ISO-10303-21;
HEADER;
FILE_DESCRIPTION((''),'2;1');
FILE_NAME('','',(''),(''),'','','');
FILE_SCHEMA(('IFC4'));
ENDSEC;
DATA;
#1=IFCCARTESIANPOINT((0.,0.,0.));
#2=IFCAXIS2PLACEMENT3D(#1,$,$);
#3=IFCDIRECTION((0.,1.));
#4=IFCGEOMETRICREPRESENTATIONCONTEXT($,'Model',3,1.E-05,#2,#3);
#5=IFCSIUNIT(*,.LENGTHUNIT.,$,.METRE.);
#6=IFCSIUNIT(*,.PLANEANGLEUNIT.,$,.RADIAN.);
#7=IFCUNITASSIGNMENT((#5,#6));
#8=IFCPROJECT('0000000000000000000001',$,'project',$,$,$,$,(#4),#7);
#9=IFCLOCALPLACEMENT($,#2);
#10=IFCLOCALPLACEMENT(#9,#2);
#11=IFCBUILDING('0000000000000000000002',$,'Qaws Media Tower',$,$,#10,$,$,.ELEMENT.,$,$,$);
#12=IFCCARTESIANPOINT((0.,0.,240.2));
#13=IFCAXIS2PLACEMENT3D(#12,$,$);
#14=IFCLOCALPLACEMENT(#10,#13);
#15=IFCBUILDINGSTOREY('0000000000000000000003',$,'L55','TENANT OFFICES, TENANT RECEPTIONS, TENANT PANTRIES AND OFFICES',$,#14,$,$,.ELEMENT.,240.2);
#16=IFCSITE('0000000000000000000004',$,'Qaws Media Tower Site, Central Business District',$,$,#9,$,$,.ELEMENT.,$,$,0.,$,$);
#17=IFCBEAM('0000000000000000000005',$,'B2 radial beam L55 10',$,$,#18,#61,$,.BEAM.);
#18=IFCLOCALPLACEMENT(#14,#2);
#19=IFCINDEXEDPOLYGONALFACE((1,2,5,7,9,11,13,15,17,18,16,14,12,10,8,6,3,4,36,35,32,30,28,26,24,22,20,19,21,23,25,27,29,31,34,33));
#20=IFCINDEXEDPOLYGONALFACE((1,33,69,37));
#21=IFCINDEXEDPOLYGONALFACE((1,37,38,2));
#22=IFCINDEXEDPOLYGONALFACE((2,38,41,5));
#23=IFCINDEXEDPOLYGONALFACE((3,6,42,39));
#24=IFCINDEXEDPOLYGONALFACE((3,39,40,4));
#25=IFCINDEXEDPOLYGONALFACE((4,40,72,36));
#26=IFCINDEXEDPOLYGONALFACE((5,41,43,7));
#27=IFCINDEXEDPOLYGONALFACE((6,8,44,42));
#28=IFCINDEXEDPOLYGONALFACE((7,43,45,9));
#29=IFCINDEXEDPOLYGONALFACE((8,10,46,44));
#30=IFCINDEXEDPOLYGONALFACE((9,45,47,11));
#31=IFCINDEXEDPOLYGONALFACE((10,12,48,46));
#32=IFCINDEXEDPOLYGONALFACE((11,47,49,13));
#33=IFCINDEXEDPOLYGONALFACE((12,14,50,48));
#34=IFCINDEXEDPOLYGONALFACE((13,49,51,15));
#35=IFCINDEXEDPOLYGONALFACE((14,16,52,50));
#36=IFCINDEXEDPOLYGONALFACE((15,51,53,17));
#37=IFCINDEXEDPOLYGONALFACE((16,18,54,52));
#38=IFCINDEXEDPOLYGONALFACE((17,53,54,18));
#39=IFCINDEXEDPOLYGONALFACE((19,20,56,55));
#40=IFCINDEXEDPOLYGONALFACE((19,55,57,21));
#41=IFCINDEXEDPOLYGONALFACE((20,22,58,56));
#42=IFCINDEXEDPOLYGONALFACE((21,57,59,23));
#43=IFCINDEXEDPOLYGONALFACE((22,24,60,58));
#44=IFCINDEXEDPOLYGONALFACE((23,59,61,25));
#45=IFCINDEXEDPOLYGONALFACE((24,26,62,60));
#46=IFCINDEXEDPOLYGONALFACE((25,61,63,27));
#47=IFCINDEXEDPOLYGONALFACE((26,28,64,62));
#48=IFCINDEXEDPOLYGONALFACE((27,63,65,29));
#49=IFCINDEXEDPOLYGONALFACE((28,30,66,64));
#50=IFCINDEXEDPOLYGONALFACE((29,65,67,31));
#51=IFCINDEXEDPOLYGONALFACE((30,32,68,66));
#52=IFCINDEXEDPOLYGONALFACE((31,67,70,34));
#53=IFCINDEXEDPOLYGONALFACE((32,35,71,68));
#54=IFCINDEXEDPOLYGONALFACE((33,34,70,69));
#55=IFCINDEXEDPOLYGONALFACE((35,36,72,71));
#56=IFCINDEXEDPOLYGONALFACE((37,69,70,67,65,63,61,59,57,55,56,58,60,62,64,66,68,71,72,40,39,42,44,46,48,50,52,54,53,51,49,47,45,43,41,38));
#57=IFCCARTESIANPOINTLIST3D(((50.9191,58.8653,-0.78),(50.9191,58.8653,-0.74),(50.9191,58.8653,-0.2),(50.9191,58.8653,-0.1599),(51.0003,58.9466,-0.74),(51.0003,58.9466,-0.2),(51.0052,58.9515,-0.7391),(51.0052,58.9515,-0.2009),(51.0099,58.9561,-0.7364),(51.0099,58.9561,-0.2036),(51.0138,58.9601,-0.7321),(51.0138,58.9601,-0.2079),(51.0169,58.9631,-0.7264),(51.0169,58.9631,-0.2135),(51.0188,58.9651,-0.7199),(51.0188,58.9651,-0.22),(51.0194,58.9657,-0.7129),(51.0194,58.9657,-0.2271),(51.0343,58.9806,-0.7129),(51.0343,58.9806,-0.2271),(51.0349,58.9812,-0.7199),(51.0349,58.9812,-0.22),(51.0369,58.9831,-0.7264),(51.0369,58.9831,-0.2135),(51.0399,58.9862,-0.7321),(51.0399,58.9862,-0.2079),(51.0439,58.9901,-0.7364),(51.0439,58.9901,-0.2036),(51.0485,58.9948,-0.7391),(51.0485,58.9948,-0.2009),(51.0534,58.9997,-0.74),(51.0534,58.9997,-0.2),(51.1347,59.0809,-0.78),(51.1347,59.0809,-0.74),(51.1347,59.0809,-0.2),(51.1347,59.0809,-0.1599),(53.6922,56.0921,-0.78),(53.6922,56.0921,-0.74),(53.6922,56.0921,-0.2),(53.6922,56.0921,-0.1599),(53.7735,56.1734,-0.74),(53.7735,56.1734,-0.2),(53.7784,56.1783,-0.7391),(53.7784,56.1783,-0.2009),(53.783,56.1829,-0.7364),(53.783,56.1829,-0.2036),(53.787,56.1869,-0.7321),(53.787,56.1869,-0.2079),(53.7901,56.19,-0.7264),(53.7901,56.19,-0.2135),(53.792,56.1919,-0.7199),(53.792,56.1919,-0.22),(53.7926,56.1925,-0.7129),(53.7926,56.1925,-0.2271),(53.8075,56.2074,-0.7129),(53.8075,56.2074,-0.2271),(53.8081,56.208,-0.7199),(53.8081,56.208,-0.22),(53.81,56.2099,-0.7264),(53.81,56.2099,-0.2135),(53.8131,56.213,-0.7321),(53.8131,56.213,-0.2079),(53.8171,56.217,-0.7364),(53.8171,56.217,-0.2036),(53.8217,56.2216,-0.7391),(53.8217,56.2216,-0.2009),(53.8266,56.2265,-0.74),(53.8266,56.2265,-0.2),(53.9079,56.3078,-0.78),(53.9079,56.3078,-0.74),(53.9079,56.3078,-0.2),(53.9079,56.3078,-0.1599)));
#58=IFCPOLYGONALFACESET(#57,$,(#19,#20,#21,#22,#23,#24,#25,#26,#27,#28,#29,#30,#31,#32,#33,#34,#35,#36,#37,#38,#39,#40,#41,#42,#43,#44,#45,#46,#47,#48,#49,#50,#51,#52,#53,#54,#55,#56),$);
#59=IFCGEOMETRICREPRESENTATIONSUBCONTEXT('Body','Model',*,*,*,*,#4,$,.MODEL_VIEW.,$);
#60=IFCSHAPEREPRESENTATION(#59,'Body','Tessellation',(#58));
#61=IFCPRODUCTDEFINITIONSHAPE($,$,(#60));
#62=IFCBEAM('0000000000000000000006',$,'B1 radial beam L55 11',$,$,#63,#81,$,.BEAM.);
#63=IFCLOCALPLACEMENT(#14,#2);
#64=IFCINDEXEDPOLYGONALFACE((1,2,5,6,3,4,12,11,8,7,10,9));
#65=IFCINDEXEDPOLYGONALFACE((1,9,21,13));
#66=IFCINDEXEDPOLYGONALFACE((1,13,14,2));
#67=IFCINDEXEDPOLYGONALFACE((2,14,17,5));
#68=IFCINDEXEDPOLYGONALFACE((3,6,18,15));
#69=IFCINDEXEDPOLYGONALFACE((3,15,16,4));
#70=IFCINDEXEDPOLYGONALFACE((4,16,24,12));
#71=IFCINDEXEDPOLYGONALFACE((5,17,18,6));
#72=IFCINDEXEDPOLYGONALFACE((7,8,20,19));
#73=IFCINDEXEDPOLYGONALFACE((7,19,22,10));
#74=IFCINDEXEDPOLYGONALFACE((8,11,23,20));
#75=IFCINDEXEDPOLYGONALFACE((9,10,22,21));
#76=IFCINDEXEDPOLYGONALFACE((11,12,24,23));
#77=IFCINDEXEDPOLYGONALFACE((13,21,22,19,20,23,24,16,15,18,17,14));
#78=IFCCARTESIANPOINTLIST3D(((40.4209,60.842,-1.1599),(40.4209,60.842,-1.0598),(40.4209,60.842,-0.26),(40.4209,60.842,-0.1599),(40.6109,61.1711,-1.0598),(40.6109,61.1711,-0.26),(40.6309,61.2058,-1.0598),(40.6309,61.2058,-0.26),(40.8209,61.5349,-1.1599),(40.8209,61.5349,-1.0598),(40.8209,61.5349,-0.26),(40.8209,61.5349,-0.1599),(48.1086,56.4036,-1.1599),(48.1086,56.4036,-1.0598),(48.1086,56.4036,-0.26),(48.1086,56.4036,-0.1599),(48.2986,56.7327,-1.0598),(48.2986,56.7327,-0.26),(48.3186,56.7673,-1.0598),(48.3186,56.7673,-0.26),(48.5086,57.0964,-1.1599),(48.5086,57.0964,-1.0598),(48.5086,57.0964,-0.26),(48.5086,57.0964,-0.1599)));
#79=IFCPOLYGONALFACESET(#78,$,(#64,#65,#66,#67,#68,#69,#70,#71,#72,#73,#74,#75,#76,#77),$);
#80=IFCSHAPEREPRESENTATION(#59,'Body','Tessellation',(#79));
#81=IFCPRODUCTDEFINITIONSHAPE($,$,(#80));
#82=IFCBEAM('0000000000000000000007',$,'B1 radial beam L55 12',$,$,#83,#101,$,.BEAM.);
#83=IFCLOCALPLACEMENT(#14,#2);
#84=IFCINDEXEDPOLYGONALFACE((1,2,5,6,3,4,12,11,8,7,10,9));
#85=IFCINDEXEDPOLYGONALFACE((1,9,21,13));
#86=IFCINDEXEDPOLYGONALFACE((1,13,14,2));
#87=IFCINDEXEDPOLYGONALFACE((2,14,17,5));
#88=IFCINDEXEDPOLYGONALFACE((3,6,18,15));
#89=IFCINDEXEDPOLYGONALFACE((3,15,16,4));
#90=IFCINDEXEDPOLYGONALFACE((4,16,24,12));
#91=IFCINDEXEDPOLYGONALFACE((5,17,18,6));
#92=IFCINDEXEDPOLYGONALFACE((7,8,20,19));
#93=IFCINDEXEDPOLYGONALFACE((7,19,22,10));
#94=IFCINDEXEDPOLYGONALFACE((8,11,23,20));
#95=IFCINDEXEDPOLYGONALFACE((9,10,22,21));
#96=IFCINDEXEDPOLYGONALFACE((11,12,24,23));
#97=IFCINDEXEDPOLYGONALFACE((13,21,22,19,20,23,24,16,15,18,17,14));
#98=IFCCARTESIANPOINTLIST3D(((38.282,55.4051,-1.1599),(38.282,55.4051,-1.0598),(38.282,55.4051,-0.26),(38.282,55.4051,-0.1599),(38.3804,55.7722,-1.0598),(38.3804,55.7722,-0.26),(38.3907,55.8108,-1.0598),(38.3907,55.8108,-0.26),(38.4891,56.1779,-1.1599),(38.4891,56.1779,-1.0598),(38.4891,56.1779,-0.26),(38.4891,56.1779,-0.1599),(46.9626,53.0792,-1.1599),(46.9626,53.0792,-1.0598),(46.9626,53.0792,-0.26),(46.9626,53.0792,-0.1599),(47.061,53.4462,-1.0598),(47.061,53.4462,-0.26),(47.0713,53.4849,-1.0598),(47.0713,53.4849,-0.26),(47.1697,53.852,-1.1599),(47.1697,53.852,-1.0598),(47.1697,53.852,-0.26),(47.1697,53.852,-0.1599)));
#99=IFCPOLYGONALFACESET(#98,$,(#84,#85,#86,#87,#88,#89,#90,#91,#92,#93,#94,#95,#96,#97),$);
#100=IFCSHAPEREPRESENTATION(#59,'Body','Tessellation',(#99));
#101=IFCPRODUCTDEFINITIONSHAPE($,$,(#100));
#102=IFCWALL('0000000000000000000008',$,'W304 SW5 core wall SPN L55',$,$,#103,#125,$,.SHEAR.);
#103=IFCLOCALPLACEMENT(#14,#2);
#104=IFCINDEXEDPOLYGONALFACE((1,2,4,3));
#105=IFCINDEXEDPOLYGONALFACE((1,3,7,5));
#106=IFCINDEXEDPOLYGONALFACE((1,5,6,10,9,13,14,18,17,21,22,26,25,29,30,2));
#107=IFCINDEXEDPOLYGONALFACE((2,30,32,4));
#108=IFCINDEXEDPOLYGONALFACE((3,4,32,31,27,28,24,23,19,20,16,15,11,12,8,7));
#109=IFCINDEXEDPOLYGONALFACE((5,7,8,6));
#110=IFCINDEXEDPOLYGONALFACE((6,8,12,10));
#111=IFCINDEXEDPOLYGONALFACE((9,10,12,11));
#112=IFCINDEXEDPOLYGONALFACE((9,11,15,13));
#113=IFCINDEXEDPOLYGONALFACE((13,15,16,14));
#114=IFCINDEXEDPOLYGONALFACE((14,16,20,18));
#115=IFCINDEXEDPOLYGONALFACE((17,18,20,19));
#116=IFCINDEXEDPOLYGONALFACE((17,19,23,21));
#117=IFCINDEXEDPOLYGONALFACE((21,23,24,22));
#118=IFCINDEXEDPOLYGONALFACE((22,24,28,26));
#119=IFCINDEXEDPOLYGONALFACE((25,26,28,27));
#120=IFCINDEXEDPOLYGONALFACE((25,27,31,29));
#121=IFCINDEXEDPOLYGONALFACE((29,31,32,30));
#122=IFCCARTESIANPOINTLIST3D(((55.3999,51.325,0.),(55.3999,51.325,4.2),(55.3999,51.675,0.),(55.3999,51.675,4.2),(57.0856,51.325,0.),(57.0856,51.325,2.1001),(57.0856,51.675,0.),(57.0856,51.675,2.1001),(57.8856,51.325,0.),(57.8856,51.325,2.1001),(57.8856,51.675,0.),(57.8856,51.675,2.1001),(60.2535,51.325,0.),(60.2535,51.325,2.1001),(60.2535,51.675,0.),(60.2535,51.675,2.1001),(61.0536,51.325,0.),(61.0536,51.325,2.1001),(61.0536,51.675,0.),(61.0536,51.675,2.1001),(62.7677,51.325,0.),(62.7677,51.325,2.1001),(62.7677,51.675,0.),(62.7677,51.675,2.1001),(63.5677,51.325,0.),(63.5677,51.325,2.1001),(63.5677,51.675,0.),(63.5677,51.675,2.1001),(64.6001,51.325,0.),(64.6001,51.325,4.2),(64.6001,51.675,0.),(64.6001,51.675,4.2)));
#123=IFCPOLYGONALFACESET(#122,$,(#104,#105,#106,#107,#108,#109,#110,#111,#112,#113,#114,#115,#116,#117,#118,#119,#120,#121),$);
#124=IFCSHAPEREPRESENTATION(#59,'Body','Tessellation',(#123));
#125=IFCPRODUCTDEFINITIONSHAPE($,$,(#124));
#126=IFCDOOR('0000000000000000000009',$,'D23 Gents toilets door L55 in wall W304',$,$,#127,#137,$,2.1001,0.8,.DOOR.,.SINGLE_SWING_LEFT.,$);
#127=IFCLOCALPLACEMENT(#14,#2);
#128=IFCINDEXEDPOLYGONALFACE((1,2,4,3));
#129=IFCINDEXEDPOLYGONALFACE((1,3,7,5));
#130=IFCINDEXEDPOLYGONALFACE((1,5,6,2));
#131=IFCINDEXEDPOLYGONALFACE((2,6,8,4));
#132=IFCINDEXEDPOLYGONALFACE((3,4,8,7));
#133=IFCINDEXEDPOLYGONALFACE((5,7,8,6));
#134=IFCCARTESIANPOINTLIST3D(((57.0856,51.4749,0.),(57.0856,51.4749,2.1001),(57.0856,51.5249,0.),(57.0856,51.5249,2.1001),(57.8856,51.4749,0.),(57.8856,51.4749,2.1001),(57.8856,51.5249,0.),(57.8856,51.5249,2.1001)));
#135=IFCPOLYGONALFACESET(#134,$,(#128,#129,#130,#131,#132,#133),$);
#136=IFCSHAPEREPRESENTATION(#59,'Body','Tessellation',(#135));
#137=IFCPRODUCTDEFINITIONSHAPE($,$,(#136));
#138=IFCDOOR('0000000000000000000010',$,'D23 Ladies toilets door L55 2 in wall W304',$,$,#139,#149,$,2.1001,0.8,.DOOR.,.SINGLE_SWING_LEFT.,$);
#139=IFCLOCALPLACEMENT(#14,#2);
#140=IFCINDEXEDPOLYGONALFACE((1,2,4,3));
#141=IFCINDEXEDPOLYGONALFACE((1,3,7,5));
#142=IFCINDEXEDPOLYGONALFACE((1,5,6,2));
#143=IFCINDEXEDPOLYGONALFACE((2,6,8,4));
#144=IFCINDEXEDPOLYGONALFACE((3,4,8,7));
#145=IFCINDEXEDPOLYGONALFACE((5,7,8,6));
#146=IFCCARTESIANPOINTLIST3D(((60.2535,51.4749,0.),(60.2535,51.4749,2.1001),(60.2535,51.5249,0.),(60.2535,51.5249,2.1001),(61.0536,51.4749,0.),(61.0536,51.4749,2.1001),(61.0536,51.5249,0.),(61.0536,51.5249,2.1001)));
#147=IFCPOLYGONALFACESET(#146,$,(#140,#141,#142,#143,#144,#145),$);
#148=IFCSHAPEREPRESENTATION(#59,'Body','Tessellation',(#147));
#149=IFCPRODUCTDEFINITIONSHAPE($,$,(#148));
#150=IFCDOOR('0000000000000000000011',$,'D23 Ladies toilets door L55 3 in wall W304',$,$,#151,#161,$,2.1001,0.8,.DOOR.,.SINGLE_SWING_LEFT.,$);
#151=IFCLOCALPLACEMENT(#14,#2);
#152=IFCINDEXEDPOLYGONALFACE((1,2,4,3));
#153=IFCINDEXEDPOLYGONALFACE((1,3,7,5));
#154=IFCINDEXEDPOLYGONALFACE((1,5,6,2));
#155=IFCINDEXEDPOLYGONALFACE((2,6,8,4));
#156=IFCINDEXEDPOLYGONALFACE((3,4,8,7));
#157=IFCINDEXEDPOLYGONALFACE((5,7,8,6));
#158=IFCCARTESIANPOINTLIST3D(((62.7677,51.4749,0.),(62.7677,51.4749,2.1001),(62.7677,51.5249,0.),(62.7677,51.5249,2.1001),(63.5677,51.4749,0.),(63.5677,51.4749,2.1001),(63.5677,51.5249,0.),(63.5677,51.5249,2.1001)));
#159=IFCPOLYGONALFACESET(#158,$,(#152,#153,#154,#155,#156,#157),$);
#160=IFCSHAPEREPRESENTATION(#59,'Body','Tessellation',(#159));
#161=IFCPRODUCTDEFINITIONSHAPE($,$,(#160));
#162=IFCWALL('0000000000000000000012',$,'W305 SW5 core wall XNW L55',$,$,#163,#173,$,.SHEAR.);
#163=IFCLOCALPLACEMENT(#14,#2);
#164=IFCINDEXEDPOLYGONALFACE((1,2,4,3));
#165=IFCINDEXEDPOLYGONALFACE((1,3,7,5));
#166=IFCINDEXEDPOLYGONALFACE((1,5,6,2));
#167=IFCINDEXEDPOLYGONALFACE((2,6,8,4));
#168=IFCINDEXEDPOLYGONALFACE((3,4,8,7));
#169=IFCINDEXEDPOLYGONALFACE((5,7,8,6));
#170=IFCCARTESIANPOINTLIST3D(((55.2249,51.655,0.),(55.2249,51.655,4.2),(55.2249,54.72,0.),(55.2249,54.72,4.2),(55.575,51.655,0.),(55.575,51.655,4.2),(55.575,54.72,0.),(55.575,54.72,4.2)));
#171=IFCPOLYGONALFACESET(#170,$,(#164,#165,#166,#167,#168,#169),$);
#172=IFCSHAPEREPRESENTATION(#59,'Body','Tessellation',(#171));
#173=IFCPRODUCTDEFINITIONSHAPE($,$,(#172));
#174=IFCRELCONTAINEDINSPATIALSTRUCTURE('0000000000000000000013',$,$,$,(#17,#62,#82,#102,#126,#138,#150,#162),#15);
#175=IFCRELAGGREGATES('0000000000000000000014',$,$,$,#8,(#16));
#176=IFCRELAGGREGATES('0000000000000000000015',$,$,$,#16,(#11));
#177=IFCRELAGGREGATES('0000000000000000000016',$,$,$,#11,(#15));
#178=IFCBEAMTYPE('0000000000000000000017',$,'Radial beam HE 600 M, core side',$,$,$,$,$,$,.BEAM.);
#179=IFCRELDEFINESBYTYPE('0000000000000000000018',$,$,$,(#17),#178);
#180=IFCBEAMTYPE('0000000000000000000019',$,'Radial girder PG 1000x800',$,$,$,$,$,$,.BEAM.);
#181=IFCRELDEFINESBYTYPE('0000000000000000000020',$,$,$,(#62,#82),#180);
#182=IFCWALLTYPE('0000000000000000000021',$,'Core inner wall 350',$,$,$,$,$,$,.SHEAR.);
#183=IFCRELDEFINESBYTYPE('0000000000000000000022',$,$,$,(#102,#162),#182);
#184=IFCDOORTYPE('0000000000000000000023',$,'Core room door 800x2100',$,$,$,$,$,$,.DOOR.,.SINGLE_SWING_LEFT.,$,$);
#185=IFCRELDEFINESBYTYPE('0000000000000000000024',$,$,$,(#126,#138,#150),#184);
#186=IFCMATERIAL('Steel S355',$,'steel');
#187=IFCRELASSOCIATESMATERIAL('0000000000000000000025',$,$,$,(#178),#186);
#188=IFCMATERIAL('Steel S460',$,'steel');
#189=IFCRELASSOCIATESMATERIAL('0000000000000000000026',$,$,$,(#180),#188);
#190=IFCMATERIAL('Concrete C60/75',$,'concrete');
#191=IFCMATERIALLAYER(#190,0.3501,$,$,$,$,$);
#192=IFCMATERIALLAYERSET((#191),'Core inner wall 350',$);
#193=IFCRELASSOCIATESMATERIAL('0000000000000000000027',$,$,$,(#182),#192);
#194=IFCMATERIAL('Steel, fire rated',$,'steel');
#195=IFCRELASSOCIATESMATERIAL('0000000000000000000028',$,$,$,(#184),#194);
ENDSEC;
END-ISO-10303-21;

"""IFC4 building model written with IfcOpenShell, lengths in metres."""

from ifc_helpers import new_model, si_unit, direction, frame, frame_2d, origin, origin_2d, place, context, subcontext, project, spatial, rectangle, i_section, extrude, material, layer, layer_set, material_profile, profile_set, type_object, element, fill, save


model = new_model("IFC4")

# Units and contexts
model_context = context("Model", 3, precision=1e-05, world=origin(), true_north=direction((0.0, 1.0)))
body_context = subcontext(model_context, "Body", "Model", "MODEL_VIEW")
ifc_project = project(units=[si_unit("LENGTHUNIT", "METRE"), si_unit("PLANEANGLEUNIT", "RADIAN")], contexts=[model_context])

# Site, building, storey
site_placement = place(None, origin())
site = spatial("IfcSite", under=ifc_project, at=site_placement, Name="Qaws Media Tower Site, Central Business District", CompositionType="ELEMENT", RefElevation=0.0)
building_placement = place(site_placement, origin())
building = spatial("IfcBuilding", under=site, at=building_placement, Name="Qaws Media Tower", CompositionType="ELEMENT")
storey_placement = place(building_placement, frame((0.0, 0.0, 240.2)))
storey = spatial("IfcBuildingStorey", under=building, at=storey_placement, Name="L55", Description="TENANT OFFICES, TENANT RECEPTIONS, TENANT PANTRIES AND OFFICES", CompositionType="ELEMENT", Elevation=240.2)

# Beams
ifc_material_1 = material(Name="Steel S355", Category="steel")
ifc_material_profile_1 = material_profile(ifc_material_1, i_section(OverallWidth=0.3049, OverallDepth=0.6201, WebThickness=0.021, FlangeThickness=0.04, FilletRadius=0.0271, at=origin_2d()), Name="HE 600 M")
ifc_profile_set_1 = profile_set([ifc_material_profile_1], Name="Steel S355")
beam_type_1 = type_object("IfcBeamType", Name="Radial beam HE 600 M, core side", PredefinedType="BEAM", material=ifc_profile_set_1)
beam_1_placement = place(storey_placement, frame((53.8, 56.2, -0.47), z_axis=(-0.707107, 0.707107, 0.0), x_axis=(-0.707107, -0.707107, 0.0)))
element("IfcBeam", 1, at=beam_1_placement, inside=storey, type_object=beam_type_1, Name="B2 radial beam L55 10", PredefinedType="BEAM", context=body_context, shape_type="SweptSolid", body=[
    extrude(i_section(OverallWidth=0.3049, OverallDepth=0.6201, WebThickness=0.021, FlangeThickness=0.04, FilletRadius=0.0271, at=origin_2d()), origin(), (0.0, 0.0, 1.0), 3.9219),
])
ifc_material_2 = material(Name="Steel S460", Category="steel")
ifc_material_profile_2 = material_profile(ifc_material_2, i_section(OverallWidth=0.8, OverallDepth=1.0, WebThickness=0.04, FlangeThickness=0.1001, at=origin_2d()), Name="PG 1000x800")
ifc_profile_set_2 = profile_set([ifc_material_profile_2], Name="Steel S460")
beam_type_2 = type_object("IfcBeamType", Name="Radial girder PG 1000x800", PredefinedType="BEAM", material=ifc_profile_set_2)
beam_2_placement = place(storey_placement, frame((48.3086, 56.75, -0.6599), z_axis=(-0.866028, 0.499996, 0.0), x_axis=(-0.499996, -0.866028, 0.0)))
element("IfcBeam", 2, at=beam_2_placement, inside=storey, type_object=beam_type_2, Name="B1 radial beam L55 11", PredefinedType="BEAM", context=body_context, shape_type="SweptSolid", body=[
    extrude(i_section(OverallWidth=0.8, OverallDepth=1.0, WebThickness=0.04, FlangeThickness=0.1001, at=origin_2d()), origin(), (0.0, 0.0, 1.0), 8.877),
])
beam_3_placement = place(storey_placement, frame((47.0662, 53.4656, -0.6599), z_axis=(-0.965927, 0.258814, 0.0), x_axis=(-0.258814, -0.965927, 0.0)))
element("IfcBeam", 3, at=beam_3_placement, inside=storey, type_object=beam_type_2, Name="B1 radial beam L55 12", PredefinedType="BEAM", context=body_context, shape_type="SweptSolid", body=[
    extrude(i_section(OverallWidth=0.8, OverallDepth=1.0, WebThickness=0.04, FlangeThickness=0.1001, at=origin_2d()), origin(), (0.0, 0.0, 1.0), 8.9868),
])

# Wall, openings, doors
ifc_material_3 = material(Name="Concrete C60/75", Category="concrete")
ifc_layer_1 = layer(ifc_material_3, 0.3501)
ifc_layer_set_1 = layer_set([ifc_layer_1], Name="Core inner wall 350")
wall_type_1 = type_object("IfcWallType", Name="Core inner wall 350", PredefinedType="SHEAR", material=ifc_layer_set_1)
wall_1_placement = place(storey_placement, frame((55.3999, 51.5, 0.0), z_axis=(0.0, 0.0, 1.0), x_axis=(1.0, 0.0, 0.0)))
wall_1 = element("IfcWall", 4, at=wall_1_placement, inside=storey, type_object=wall_type_1, Name="W304 SW5 core wall SPN L55", PredefinedType="SHEAR", context=body_context, shape_type="SweptSolid", body=[
    extrude(rectangle(XDim=9.2002, YDim=0.3501, at=frame_2d((4.6001, 0.0))), origin(), (0.0, 0.0, 1.0), 4.2),
])
opening_1_placement = place(wall_1_placement, frame((1.6858, 0.0, 0.0)))
opening_1 = element("IfcOpeningElement", 5, at=opening_1_placement, cuts=wall_1, PredefinedType="OPENING", context=body_context, shape_type="SweptSolid", body=[
    extrude(rectangle(XDim=0.8, YDim=2.1001, at=frame_2d((0.3999, 1.05))), frame((0.0, 0.1851, 0.0), z_axis=(0.0, -1.0, 0.0), x_axis=(1.0, 0.0, 0.0)), (0.0, 0.0, 1.0), 0.3701),
])
opening_2_placement = place(wall_1_placement, frame((4.8538, 0.0, 0.0)))
opening_2 = element("IfcOpeningElement", 6, at=opening_2_placement, cuts=wall_1, PredefinedType="OPENING", context=body_context, shape_type="SweptSolid", body=[
    extrude(rectangle(XDim=0.8, YDim=2.1001, at=frame_2d((0.3999, 1.05))), frame((0.0, 0.1851, 0.0), z_axis=(0.0, -1.0, 0.0), x_axis=(1.0, 0.0, 0.0)), (0.0, 0.0, 1.0), 0.3701),
])
opening_3_placement = place(wall_1_placement, frame((7.3679, 0.0, 0.0)))
opening_3 = element("IfcOpeningElement", 7, at=opening_3_placement, cuts=wall_1, PredefinedType="OPENING", context=body_context, shape_type="SweptSolid", body=[
    extrude(rectangle(XDim=0.8, YDim=2.1001, at=frame_2d((0.3999, 1.05))), frame((0.0, 0.1851, 0.0), z_axis=(0.0, -1.0, 0.0), x_axis=(1.0, 0.0, 0.0)), (0.0, 0.0, 1.0), 0.3701),
])
ifc_material_4 = material(Name="Steel, fire rated", Category="steel")
door_type = type_object("IfcDoorType", Name="Core room door 800x2100", OperationType="SINGLE_SWING_LEFT", PredefinedType="DOOR", material=ifc_material_4)
door_1_placement = place(opening_1_placement, origin())
door_1 = element("IfcDoor", 8, at=door_1_placement, inside=storey, type_object=door_type, Name="D23 Gents toilets door L55 in wall W304", OperationType="SINGLE_SWING_LEFT", OverallHeight=2.1001, OverallWidth=0.8, PredefinedType="DOOR", context=body_context, shape_type="SweptSolid", body=[
    extrude(rectangle(XDim=0.8, YDim=2.1001, at=frame_2d((0.3999, 1.05))), frame((0.0, 0.0249, 0.0), z_axis=(0.0, -1.0, 0.0), x_axis=(1.0, 0.0, 0.0)), (0.0, 0.0, 1.0), 0.05),
])
fill(opening_1, door_1)
door_2_placement = place(opening_2_placement, origin())
door_2 = element("IfcDoor", 9, at=door_2_placement, inside=storey, type_object=door_type, Name="D23 Ladies toilets door L55 2 in wall W304", OperationType="SINGLE_SWING_LEFT", OverallHeight=2.1001, OverallWidth=0.8, PredefinedType="DOOR", context=body_context, shape_type="SweptSolid", body=[
    extrude(rectangle(XDim=0.8, YDim=2.1001, at=frame_2d((0.3999, 1.05))), frame((0.0, 0.0249, 0.0), z_axis=(0.0, -1.0, 0.0), x_axis=(1.0, 0.0, 0.0)), (0.0, 0.0, 1.0), 0.05),
])
fill(opening_2, door_2)
door_3_placement = place(opening_3_placement, origin())
door_3 = element("IfcDoor", 10, at=door_3_placement, inside=storey, type_object=door_type, Name="D23 Ladies toilets door L55 3 in wall W304", OperationType="SINGLE_SWING_LEFT", OverallHeight=2.1001, OverallWidth=0.8, PredefinedType="DOOR", context=body_context, shape_type="SweptSolid", body=[
    extrude(rectangle(XDim=0.8, YDim=2.1001, at=frame_2d((0.3999, 1.05))), frame((0.0, 0.0249, 0.0), z_axis=(0.0, -1.0, 0.0), x_axis=(1.0, 0.0, 0.0)), (0.0, 0.0, 1.0), 0.05),
])
fill(opening_3, door_3)

# Wall
wall_2_placement = place(storey_placement, frame((55.3999, 51.655, 0.0), z_axis=(0.0, 0.0, 1.0), x_axis=(0.0, 1.0, 0.0)))
element("IfcWall", 11, at=wall_2_placement, inside=storey, type_object=wall_type_1, Name="W305 SW5 core wall XNW L55", PredefinedType="SHEAR", context=body_context, shape_type="SweptSolid", body=[
    extrude(rectangle(XDim=3.0649, YDim=0.3501, at=frame_2d((1.5325, 0.0))), origin(), (0.0, 0.0, 1.0), 4.2),
])

save(model, "model.ifc")
